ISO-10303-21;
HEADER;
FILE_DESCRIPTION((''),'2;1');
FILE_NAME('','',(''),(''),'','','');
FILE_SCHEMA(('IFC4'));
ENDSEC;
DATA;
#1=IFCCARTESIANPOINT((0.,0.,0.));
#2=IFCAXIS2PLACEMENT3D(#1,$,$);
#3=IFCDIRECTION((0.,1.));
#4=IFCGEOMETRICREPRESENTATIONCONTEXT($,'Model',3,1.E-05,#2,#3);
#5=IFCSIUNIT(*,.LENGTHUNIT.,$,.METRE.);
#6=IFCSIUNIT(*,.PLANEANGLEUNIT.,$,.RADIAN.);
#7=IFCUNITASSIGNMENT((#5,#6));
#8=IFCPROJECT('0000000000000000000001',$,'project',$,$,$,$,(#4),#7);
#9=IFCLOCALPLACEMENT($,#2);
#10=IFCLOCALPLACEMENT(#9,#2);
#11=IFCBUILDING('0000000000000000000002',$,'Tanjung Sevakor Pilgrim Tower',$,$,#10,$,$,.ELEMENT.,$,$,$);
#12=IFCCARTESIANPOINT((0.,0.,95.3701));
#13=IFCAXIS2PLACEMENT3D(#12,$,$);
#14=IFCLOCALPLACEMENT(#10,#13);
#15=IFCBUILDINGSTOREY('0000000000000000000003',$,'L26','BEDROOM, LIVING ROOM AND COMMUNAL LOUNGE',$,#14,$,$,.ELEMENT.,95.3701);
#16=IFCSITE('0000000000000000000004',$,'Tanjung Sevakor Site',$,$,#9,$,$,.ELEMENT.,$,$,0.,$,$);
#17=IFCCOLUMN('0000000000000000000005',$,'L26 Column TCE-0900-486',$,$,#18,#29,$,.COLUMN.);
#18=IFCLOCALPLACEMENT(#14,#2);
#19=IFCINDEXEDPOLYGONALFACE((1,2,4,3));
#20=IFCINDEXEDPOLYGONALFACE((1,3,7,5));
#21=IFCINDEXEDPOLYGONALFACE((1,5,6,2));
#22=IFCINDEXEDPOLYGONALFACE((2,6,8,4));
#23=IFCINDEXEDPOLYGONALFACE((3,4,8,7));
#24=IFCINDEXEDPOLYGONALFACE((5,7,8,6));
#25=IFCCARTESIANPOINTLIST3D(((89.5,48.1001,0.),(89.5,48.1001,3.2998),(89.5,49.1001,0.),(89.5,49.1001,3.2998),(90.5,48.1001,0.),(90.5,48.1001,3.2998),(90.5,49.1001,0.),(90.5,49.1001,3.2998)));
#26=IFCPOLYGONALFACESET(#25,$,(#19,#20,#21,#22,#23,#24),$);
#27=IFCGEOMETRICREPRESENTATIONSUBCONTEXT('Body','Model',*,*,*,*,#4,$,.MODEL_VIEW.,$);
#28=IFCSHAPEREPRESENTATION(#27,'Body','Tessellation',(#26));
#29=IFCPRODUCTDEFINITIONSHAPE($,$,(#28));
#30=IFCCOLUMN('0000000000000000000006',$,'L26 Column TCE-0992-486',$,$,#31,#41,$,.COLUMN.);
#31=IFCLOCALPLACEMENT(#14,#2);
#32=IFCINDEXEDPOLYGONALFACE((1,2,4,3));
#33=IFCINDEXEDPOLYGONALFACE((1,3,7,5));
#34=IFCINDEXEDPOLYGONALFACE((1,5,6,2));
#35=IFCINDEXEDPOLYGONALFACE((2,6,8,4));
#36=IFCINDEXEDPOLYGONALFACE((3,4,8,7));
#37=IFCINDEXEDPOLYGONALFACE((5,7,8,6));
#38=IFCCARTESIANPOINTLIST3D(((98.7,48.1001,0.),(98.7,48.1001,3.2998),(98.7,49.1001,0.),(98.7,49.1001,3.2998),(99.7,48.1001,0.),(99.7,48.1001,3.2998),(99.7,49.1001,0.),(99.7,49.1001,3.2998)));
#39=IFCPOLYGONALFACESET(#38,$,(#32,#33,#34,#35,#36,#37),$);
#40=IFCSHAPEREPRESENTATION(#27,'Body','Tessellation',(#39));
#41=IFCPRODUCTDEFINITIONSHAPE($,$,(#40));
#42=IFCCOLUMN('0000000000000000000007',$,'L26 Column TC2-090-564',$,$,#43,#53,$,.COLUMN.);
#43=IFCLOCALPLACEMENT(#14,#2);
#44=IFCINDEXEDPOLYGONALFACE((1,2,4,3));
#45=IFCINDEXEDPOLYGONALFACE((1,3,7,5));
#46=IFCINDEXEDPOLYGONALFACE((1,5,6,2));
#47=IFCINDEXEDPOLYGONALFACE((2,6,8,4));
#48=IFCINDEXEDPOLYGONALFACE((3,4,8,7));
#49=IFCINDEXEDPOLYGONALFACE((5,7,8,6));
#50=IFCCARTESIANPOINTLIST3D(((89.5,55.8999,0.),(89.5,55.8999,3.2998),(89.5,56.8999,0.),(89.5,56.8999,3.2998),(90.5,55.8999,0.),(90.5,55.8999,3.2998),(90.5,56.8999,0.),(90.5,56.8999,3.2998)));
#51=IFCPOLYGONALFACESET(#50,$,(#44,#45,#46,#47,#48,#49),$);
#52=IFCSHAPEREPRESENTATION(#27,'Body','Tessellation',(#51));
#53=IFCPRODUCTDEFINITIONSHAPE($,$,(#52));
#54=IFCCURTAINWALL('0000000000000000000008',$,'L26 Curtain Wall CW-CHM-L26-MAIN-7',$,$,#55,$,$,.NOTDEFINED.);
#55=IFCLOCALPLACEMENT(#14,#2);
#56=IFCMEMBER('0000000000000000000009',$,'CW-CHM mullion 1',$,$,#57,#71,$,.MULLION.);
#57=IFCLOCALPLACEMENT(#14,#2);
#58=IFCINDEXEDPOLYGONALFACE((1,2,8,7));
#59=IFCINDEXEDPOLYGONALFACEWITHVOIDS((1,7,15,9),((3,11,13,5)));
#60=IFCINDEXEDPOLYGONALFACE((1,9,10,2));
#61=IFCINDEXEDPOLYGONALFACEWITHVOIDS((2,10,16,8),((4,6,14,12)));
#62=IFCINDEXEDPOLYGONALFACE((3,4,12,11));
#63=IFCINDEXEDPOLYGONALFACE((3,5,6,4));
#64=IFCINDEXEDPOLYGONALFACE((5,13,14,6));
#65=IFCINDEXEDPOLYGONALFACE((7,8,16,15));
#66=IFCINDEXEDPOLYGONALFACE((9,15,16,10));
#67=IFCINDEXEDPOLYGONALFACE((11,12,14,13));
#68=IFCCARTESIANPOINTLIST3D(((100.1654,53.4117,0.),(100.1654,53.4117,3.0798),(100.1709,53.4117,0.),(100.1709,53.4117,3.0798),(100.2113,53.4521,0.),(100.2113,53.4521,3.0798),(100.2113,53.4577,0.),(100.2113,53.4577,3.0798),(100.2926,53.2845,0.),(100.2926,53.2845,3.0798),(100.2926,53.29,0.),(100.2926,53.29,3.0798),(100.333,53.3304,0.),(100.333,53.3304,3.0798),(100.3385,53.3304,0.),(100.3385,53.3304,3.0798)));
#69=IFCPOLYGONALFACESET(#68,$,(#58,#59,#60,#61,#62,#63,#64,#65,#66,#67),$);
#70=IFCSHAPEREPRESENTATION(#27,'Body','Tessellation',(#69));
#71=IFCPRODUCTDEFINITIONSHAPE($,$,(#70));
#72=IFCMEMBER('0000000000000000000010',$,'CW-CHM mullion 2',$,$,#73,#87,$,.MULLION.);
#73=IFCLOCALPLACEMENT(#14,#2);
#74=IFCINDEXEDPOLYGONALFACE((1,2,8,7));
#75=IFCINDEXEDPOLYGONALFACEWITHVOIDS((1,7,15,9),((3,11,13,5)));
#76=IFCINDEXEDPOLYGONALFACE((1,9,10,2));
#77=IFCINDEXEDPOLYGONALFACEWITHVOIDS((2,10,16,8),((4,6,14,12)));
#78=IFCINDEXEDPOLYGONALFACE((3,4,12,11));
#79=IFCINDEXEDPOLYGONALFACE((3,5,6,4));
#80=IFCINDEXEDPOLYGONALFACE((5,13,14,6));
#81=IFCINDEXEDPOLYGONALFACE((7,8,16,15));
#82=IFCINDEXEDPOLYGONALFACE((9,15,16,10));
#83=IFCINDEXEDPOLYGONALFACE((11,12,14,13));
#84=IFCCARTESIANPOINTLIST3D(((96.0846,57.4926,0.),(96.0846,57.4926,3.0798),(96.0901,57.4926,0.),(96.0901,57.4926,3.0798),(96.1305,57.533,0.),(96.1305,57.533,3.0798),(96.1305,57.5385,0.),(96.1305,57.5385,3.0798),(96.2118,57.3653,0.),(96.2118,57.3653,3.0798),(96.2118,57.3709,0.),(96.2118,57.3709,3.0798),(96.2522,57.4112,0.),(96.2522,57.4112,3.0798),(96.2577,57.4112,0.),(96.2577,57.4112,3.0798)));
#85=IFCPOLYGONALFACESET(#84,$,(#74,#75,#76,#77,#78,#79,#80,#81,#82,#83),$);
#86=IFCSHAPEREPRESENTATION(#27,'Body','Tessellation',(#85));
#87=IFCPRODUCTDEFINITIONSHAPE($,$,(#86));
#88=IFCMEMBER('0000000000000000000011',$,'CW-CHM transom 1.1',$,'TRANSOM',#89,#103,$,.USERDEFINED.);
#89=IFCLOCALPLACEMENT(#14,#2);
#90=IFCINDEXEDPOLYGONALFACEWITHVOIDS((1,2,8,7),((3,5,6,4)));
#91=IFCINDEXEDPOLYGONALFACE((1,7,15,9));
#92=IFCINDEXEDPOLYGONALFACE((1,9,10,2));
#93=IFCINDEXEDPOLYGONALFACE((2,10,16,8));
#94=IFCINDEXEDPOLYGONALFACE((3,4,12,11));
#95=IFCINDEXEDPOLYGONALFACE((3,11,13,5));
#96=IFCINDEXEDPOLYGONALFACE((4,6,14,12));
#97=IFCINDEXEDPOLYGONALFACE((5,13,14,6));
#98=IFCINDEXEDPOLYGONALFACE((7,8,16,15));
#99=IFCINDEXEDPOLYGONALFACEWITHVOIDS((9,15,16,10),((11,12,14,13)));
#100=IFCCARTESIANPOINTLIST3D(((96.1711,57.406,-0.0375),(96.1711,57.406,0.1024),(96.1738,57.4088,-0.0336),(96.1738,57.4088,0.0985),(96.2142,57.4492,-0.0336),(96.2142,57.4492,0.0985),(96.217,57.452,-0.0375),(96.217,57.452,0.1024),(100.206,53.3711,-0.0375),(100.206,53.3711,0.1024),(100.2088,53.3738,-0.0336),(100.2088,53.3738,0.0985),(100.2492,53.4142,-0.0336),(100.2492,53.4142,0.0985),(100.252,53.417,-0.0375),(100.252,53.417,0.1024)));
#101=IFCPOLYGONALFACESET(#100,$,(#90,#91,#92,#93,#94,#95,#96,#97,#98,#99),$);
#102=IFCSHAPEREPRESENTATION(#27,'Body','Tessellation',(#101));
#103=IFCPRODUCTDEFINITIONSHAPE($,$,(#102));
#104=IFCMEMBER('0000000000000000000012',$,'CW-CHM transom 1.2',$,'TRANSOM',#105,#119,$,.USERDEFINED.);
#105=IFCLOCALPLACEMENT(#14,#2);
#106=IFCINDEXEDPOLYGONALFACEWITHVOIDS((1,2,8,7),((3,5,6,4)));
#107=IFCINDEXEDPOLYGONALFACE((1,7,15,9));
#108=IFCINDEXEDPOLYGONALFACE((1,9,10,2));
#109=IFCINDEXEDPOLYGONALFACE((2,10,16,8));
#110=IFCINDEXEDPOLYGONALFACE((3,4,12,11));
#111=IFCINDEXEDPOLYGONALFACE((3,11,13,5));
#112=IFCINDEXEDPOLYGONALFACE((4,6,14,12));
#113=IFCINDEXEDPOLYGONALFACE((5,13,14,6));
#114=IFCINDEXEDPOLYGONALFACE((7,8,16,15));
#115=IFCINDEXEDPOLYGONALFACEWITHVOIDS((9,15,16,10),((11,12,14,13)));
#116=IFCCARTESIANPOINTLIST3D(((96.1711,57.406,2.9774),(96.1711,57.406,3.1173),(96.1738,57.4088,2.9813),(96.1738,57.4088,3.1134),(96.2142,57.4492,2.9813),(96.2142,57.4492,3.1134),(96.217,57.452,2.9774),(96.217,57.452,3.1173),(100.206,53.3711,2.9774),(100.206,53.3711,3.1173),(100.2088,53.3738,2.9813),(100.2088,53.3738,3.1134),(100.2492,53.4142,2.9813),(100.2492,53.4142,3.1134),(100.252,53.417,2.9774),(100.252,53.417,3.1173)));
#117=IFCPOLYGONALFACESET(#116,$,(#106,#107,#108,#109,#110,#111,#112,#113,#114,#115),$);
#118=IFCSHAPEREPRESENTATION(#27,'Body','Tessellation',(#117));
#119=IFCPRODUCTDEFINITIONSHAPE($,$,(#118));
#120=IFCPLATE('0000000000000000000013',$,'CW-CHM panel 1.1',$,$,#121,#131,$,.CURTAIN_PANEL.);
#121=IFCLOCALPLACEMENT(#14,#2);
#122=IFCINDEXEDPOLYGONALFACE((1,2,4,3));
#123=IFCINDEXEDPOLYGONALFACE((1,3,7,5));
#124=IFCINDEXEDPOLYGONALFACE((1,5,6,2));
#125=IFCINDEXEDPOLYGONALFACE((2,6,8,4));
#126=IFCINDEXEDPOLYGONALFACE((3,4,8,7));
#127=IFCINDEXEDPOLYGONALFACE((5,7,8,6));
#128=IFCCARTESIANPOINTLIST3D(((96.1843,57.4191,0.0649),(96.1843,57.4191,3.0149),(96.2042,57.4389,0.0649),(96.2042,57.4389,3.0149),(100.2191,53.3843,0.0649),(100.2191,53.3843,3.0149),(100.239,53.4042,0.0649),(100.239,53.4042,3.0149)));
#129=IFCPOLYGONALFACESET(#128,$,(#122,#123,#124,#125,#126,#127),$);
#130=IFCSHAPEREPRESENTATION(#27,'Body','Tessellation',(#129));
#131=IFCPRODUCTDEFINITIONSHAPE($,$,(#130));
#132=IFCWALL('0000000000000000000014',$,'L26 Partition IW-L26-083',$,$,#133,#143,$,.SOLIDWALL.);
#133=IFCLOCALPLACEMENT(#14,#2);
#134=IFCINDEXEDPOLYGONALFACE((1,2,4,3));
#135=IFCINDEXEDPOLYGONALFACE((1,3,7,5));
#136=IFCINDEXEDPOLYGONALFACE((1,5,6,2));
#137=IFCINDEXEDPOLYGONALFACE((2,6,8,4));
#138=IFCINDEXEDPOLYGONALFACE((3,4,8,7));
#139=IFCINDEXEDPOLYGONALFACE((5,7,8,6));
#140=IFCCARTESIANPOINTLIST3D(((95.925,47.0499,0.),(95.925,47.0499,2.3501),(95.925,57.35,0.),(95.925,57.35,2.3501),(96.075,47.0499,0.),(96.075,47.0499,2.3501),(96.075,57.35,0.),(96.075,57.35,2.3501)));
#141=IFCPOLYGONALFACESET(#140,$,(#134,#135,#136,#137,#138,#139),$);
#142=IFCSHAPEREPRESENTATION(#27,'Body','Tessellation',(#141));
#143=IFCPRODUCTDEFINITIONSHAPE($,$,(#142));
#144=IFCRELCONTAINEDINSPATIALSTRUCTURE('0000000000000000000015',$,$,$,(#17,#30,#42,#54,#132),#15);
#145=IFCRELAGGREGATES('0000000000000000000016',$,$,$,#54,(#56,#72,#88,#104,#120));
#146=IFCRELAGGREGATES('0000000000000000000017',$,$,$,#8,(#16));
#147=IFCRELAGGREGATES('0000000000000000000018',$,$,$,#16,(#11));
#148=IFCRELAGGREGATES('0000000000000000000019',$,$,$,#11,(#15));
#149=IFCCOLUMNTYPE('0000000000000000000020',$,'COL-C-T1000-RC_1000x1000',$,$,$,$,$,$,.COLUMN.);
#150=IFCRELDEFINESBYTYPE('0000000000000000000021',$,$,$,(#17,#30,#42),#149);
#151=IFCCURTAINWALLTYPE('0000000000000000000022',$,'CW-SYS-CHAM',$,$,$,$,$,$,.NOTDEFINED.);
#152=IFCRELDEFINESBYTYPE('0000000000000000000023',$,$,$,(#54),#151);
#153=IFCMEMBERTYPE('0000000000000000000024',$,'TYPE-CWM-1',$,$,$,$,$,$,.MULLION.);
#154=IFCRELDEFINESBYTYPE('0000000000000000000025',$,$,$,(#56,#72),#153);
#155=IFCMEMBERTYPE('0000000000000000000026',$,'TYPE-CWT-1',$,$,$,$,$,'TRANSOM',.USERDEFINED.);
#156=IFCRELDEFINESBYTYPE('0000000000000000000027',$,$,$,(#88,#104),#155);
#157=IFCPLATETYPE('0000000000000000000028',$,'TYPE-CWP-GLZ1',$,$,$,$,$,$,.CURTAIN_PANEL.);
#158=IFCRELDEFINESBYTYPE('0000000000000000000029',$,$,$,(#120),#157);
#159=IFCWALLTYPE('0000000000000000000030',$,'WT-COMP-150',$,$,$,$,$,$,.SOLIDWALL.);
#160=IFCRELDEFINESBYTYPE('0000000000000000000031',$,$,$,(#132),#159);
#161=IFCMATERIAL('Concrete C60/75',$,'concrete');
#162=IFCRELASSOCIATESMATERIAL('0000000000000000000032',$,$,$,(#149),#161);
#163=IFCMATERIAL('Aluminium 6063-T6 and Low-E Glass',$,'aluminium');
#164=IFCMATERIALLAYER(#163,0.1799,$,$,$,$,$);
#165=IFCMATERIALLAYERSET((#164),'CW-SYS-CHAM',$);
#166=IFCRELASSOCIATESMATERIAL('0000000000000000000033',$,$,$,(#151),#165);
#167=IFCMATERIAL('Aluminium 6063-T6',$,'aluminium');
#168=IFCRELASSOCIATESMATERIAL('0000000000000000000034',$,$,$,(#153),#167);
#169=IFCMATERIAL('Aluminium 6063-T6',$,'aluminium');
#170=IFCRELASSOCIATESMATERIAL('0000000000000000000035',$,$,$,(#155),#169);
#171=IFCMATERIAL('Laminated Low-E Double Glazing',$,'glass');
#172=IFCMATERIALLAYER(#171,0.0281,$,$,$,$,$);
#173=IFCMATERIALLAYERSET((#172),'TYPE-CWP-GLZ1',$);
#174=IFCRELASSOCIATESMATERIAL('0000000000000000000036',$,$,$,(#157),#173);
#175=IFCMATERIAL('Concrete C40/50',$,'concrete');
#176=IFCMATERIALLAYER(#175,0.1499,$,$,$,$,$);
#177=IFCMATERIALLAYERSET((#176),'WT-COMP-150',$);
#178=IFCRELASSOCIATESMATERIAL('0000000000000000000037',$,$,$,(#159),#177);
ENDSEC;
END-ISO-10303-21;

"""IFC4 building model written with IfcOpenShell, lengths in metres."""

from ifc_helpers import new_model, si_unit, direction, frame, frame_2d, origin, origin_2d, place, context, subcontext, project, spatial, rectangle, hollow_rectangle, extrude, material, layer, layer_set, material_profile, profile_set, type_object, element, aggregate, save


model = new_model("IFC4")

# Units and contexts
model_context = context("Model", 3, precision=1e-05, world=origin(), true_north=direction((0.0, 1.0)))
body_context = subcontext(model_context, "Body", "Model", "MODEL_VIEW")
ifc_project = project(units=[si_unit("LENGTHUNIT", "METRE"), si_unit("PLANEANGLEUNIT", "RADIAN")], contexts=[model_context])

# Site, building, storey
site_placement = place(None, origin())
site = spatial("IfcSite", under=ifc_project, at=site_placement, Name="Tanjung Sevakor Site", CompositionType="ELEMENT", RefElevation=0.0)
building_placement = place(site_placement, origin())
building = spatial("IfcBuilding", under=site, at=building_placement, Name="Tanjung Sevakor Pilgrim Tower", CompositionType="ELEMENT")
storey_placement = place(building_placement, frame((0.0, 0.0, 95.3701)))
storey = spatial("IfcBuildingStorey", under=building, at=storey_placement, Name="L26", Description="BEDROOM, LIVING ROOM AND COMMUNAL LOUNGE", CompositionType="ELEMENT", Elevation=95.3701)

# Columns
ifc_material_1 = material(Name="Concrete C60/75", Category="concrete")
ifc_material_profile_1 = material_profile(ifc_material_1, rectangle(XDim=1.0, YDim=1.0, at=origin_2d()))
ifc_profile_set_1 = profile_set([ifc_material_profile_1], Name="Concrete C60/75")
column_type = type_object("IfcColumnType", Name="COL-C-T1000-RC_1000x1000", PredefinedType="COLUMN", material=ifc_profile_set_1)
for number, where, z_axis, x_axis, name in (
    (1, (90.0, 48.6001, 0.0), (0.0, 0.0, 1.0), (1.0, 0.0, 0.0), "L26 Column TCE-0900-486"),
    (2, (99.2, 48.6001, 0.0), (0.0, 0.0, 1.0), (1.0, 0.0, 0.0), "L26 Column TCE-0992-486"),
    (3, (90.0, 56.3999, 0.0), (0.0, 0.0, 1.0), (1.0, 0.0, 0.0), "L26 Column TC2-090-564"),
):
    element("IfcColumn", number, at=place(storey_placement, frame(where, z_axis=z_axis, x_axis=x_axis)), inside=storey, type_object=column_type, Name=name, PredefinedType="COLUMN", context=body_context, shape_type="SweptSolid", body=[
        extrude(rectangle(XDim=1.0, YDim=1.0, at=origin_2d()), origin(), (0.0, 0.0, 1.0), 3.2998),
    ])

# Curtain wall, members, plate
ifc_material_2 = material(Name="Aluminium 6063-T6 and Low-E Glass", Category="aluminium")
ifc_layer_1 = layer(ifc_material_2, 0.1799)
ifc_layer_set_1 = layer_set([ifc_layer_1], Name="CW-SYS-CHAM")
curtain_wall_type = type_object("IfcCurtainWallType", Name="CW-SYS-CHAM", PredefinedType="NOTDEFINED", material=ifc_layer_set_1)
curtain_wall_placement = place(storey_placement, origin())
curtain_wall = element("IfcCurtainWall", 4, at=curtain_wall_placement, inside=storey, type_object=curtain_wall_type, Name="L26 Curtain Wall CW-CHM-L26-MAIN-7", PredefinedType="NOTDEFINED")
ifc_material_3 = material(Name="Aluminium 6063-T6", Category="aluminium")
ifc_material_profile_2 = material_profile(ifc_material_3, hollow_rectangle(XDim=0.0649, YDim=0.1799, WallThickness=0.0039, at=origin_2d()))
ifc_profile_set_2 = profile_set([ifc_material_profile_2], Name="Aluminium 6063-T6")
member_type_1 = type_object("IfcMemberType", Name="TYPE-CWM-1", PredefinedType="MULLION", material=ifc_profile_set_2)
member_1_placement = place(storey_placement, frame((100.252, 53.3711, 0.0), z_axis=(0.0, 0.0, 1.0), x_axis=(-0.707107, -0.707107, 0.0)))
member_1 = element("IfcMember", 5, at=member_1_placement, type_object=member_type_1, Name="CW-CHM mullion 1", PredefinedType="MULLION", context=body_context, shape_type="SweptSolid", body=[
    extrude(hollow_rectangle(XDim=0.0649, YDim=0.1799, WallThickness=0.0039, at=origin_2d()), origin(), (0.0, 0.0, 1.0), 3.0798),
])
member_2_placement = place(storey_placement, frame((96.1711, 57.4519, 0.0), z_axis=(0.0, 0.0, 1.0), x_axis=(-0.707107, -0.707107, 0.0)))
member_2 = element("IfcMember", 6, at=member_2_placement, type_object=member_type_1, Name="CW-CHM mullion 2", PredefinedType="MULLION", context=body_context, shape_type="SweptSolid", body=[
    extrude(hollow_rectangle(XDim=0.0649, YDim=0.1799, WallThickness=0.0039, at=origin_2d()), origin(), (0.0, 0.0, 1.0), 3.0798),
])
ifc_material_4 = material(Name="Aluminium 6063-T6", Category="aluminium")
ifc_material_profile_3 = material_profile(ifc_material_4, hollow_rectangle(XDim=0.0649, YDim=0.1399, WallThickness=0.0039, at=origin_2d()))
ifc_profile_set_3 = profile_set([ifc_material_profile_3], Name="Aluminium 6063-T6")
member_type_2 = type_object("IfcMemberType", Name="TYPE-CWT-1", ElementType="TRANSOM", PredefinedType="USERDEFINED", material=ifc_profile_set_3)
member_3_placement = place(storey_placement, frame((100.229, 53.394, 0.0325), z_axis=(-0.707107, 0.707107, 0.0), x_axis=(-0.707107, -0.707107, 0.0)))
member_3 = element("IfcMember", 7, at=member_3_placement, type_object=member_type_2, Name="CW-CHM transom 1.1", ObjectType="TRANSOM", PredefinedType="USERDEFINED", context=body_context, shape_type="SweptSolid", body=[
    extrude(hollow_rectangle(XDim=0.0649, YDim=0.1399, WallThickness=0.0039, at=origin_2d()), origin(), (0.0, 0.0, 1.0), 5.7063),
])
member_4_placement = place(storey_placement, frame((100.229, 53.394, 3.0474), z_axis=(-0.707107, 0.707107, 0.0), x_axis=(-0.707107, -0.707107, 0.0)))
member_4 = element("IfcMember", 8, at=member_4_placement, type_object=member_type_2, Name="CW-CHM transom 1.2", ObjectType="TRANSOM", PredefinedType="USERDEFINED", context=body_context, shape_type="SweptSolid", body=[
    extrude(hollow_rectangle(XDim=0.0649, YDim=0.1399, WallThickness=0.0039, at=origin_2d()), origin(), (0.0, 0.0, 1.0), 5.7063),
])
ifc_material_5 = material(Name="Laminated Low-E Double Glazing", Category="glass")
ifc_layer_2 = layer(ifc_material_5, 0.0281)
ifc_layer_set_2 = layer_set([ifc_layer_2], Name="TYPE-CWP-GLZ1")
plate_type = type_object("IfcPlateType", Name="TYPE-CWP-GLZ1", PredefinedType="CURTAIN_PANEL", material=ifc_layer_set_2)
plate_placement = place(storey_placement, frame((98.2117, 55.4116, 0.0649), z_axis=(0.0, 0.0, 1.0), x_axis=(-0.707107, 0.707107, 0.0)))
plate = element("IfcPlate", 9, at=plate_placement, type_object=plate_type, Name="CW-CHM panel 1.1", PredefinedType="CURTAIN_PANEL", context=body_context, shape_type="SweptSolid", body=[
    extrude(rectangle(XDim=5.7061, YDim=0.0281, at=origin_2d()), origin(), (0.0, 0.0, 1.0), 2.95),
])
aggregate(curtain_wall, [member_1, member_2, member_3, member_4, plate])

# Wall
ifc_material_6 = material(Name="Concrete C40/50", Category="concrete")
ifc_layer_3 = layer(ifc_material_6, 0.1499)
ifc_layer_set_3 = layer_set([ifc_layer_3], Name="WT-COMP-150")
wall_type_1 = type_object("IfcWallType", Name="WT-COMP-150", PredefinedType="SOLIDWALL", material=ifc_layer_set_3)
wall_1_placement = place(storey_placement, frame((96.0, 47.05, 0.0), z_axis=(0.0, 0.0, 1.0), x_axis=(0.0, 1.0, 0.0)))
element("IfcWall", 10, at=wall_1_placement, inside=storey, type_object=wall_type_1, Name="L26 Partition IW-L26-083", PredefinedType="SOLIDWALL", context=body_context, shape_type="SweptSolid", body=[
    extrude(rectangle(XDim=10.3, YDim=0.1499, at=frame_2d((5.1499, 0.0))), origin(), (0.0, 0.0, 1.0), 2.3501),
])

save(model, "model.ifc")
